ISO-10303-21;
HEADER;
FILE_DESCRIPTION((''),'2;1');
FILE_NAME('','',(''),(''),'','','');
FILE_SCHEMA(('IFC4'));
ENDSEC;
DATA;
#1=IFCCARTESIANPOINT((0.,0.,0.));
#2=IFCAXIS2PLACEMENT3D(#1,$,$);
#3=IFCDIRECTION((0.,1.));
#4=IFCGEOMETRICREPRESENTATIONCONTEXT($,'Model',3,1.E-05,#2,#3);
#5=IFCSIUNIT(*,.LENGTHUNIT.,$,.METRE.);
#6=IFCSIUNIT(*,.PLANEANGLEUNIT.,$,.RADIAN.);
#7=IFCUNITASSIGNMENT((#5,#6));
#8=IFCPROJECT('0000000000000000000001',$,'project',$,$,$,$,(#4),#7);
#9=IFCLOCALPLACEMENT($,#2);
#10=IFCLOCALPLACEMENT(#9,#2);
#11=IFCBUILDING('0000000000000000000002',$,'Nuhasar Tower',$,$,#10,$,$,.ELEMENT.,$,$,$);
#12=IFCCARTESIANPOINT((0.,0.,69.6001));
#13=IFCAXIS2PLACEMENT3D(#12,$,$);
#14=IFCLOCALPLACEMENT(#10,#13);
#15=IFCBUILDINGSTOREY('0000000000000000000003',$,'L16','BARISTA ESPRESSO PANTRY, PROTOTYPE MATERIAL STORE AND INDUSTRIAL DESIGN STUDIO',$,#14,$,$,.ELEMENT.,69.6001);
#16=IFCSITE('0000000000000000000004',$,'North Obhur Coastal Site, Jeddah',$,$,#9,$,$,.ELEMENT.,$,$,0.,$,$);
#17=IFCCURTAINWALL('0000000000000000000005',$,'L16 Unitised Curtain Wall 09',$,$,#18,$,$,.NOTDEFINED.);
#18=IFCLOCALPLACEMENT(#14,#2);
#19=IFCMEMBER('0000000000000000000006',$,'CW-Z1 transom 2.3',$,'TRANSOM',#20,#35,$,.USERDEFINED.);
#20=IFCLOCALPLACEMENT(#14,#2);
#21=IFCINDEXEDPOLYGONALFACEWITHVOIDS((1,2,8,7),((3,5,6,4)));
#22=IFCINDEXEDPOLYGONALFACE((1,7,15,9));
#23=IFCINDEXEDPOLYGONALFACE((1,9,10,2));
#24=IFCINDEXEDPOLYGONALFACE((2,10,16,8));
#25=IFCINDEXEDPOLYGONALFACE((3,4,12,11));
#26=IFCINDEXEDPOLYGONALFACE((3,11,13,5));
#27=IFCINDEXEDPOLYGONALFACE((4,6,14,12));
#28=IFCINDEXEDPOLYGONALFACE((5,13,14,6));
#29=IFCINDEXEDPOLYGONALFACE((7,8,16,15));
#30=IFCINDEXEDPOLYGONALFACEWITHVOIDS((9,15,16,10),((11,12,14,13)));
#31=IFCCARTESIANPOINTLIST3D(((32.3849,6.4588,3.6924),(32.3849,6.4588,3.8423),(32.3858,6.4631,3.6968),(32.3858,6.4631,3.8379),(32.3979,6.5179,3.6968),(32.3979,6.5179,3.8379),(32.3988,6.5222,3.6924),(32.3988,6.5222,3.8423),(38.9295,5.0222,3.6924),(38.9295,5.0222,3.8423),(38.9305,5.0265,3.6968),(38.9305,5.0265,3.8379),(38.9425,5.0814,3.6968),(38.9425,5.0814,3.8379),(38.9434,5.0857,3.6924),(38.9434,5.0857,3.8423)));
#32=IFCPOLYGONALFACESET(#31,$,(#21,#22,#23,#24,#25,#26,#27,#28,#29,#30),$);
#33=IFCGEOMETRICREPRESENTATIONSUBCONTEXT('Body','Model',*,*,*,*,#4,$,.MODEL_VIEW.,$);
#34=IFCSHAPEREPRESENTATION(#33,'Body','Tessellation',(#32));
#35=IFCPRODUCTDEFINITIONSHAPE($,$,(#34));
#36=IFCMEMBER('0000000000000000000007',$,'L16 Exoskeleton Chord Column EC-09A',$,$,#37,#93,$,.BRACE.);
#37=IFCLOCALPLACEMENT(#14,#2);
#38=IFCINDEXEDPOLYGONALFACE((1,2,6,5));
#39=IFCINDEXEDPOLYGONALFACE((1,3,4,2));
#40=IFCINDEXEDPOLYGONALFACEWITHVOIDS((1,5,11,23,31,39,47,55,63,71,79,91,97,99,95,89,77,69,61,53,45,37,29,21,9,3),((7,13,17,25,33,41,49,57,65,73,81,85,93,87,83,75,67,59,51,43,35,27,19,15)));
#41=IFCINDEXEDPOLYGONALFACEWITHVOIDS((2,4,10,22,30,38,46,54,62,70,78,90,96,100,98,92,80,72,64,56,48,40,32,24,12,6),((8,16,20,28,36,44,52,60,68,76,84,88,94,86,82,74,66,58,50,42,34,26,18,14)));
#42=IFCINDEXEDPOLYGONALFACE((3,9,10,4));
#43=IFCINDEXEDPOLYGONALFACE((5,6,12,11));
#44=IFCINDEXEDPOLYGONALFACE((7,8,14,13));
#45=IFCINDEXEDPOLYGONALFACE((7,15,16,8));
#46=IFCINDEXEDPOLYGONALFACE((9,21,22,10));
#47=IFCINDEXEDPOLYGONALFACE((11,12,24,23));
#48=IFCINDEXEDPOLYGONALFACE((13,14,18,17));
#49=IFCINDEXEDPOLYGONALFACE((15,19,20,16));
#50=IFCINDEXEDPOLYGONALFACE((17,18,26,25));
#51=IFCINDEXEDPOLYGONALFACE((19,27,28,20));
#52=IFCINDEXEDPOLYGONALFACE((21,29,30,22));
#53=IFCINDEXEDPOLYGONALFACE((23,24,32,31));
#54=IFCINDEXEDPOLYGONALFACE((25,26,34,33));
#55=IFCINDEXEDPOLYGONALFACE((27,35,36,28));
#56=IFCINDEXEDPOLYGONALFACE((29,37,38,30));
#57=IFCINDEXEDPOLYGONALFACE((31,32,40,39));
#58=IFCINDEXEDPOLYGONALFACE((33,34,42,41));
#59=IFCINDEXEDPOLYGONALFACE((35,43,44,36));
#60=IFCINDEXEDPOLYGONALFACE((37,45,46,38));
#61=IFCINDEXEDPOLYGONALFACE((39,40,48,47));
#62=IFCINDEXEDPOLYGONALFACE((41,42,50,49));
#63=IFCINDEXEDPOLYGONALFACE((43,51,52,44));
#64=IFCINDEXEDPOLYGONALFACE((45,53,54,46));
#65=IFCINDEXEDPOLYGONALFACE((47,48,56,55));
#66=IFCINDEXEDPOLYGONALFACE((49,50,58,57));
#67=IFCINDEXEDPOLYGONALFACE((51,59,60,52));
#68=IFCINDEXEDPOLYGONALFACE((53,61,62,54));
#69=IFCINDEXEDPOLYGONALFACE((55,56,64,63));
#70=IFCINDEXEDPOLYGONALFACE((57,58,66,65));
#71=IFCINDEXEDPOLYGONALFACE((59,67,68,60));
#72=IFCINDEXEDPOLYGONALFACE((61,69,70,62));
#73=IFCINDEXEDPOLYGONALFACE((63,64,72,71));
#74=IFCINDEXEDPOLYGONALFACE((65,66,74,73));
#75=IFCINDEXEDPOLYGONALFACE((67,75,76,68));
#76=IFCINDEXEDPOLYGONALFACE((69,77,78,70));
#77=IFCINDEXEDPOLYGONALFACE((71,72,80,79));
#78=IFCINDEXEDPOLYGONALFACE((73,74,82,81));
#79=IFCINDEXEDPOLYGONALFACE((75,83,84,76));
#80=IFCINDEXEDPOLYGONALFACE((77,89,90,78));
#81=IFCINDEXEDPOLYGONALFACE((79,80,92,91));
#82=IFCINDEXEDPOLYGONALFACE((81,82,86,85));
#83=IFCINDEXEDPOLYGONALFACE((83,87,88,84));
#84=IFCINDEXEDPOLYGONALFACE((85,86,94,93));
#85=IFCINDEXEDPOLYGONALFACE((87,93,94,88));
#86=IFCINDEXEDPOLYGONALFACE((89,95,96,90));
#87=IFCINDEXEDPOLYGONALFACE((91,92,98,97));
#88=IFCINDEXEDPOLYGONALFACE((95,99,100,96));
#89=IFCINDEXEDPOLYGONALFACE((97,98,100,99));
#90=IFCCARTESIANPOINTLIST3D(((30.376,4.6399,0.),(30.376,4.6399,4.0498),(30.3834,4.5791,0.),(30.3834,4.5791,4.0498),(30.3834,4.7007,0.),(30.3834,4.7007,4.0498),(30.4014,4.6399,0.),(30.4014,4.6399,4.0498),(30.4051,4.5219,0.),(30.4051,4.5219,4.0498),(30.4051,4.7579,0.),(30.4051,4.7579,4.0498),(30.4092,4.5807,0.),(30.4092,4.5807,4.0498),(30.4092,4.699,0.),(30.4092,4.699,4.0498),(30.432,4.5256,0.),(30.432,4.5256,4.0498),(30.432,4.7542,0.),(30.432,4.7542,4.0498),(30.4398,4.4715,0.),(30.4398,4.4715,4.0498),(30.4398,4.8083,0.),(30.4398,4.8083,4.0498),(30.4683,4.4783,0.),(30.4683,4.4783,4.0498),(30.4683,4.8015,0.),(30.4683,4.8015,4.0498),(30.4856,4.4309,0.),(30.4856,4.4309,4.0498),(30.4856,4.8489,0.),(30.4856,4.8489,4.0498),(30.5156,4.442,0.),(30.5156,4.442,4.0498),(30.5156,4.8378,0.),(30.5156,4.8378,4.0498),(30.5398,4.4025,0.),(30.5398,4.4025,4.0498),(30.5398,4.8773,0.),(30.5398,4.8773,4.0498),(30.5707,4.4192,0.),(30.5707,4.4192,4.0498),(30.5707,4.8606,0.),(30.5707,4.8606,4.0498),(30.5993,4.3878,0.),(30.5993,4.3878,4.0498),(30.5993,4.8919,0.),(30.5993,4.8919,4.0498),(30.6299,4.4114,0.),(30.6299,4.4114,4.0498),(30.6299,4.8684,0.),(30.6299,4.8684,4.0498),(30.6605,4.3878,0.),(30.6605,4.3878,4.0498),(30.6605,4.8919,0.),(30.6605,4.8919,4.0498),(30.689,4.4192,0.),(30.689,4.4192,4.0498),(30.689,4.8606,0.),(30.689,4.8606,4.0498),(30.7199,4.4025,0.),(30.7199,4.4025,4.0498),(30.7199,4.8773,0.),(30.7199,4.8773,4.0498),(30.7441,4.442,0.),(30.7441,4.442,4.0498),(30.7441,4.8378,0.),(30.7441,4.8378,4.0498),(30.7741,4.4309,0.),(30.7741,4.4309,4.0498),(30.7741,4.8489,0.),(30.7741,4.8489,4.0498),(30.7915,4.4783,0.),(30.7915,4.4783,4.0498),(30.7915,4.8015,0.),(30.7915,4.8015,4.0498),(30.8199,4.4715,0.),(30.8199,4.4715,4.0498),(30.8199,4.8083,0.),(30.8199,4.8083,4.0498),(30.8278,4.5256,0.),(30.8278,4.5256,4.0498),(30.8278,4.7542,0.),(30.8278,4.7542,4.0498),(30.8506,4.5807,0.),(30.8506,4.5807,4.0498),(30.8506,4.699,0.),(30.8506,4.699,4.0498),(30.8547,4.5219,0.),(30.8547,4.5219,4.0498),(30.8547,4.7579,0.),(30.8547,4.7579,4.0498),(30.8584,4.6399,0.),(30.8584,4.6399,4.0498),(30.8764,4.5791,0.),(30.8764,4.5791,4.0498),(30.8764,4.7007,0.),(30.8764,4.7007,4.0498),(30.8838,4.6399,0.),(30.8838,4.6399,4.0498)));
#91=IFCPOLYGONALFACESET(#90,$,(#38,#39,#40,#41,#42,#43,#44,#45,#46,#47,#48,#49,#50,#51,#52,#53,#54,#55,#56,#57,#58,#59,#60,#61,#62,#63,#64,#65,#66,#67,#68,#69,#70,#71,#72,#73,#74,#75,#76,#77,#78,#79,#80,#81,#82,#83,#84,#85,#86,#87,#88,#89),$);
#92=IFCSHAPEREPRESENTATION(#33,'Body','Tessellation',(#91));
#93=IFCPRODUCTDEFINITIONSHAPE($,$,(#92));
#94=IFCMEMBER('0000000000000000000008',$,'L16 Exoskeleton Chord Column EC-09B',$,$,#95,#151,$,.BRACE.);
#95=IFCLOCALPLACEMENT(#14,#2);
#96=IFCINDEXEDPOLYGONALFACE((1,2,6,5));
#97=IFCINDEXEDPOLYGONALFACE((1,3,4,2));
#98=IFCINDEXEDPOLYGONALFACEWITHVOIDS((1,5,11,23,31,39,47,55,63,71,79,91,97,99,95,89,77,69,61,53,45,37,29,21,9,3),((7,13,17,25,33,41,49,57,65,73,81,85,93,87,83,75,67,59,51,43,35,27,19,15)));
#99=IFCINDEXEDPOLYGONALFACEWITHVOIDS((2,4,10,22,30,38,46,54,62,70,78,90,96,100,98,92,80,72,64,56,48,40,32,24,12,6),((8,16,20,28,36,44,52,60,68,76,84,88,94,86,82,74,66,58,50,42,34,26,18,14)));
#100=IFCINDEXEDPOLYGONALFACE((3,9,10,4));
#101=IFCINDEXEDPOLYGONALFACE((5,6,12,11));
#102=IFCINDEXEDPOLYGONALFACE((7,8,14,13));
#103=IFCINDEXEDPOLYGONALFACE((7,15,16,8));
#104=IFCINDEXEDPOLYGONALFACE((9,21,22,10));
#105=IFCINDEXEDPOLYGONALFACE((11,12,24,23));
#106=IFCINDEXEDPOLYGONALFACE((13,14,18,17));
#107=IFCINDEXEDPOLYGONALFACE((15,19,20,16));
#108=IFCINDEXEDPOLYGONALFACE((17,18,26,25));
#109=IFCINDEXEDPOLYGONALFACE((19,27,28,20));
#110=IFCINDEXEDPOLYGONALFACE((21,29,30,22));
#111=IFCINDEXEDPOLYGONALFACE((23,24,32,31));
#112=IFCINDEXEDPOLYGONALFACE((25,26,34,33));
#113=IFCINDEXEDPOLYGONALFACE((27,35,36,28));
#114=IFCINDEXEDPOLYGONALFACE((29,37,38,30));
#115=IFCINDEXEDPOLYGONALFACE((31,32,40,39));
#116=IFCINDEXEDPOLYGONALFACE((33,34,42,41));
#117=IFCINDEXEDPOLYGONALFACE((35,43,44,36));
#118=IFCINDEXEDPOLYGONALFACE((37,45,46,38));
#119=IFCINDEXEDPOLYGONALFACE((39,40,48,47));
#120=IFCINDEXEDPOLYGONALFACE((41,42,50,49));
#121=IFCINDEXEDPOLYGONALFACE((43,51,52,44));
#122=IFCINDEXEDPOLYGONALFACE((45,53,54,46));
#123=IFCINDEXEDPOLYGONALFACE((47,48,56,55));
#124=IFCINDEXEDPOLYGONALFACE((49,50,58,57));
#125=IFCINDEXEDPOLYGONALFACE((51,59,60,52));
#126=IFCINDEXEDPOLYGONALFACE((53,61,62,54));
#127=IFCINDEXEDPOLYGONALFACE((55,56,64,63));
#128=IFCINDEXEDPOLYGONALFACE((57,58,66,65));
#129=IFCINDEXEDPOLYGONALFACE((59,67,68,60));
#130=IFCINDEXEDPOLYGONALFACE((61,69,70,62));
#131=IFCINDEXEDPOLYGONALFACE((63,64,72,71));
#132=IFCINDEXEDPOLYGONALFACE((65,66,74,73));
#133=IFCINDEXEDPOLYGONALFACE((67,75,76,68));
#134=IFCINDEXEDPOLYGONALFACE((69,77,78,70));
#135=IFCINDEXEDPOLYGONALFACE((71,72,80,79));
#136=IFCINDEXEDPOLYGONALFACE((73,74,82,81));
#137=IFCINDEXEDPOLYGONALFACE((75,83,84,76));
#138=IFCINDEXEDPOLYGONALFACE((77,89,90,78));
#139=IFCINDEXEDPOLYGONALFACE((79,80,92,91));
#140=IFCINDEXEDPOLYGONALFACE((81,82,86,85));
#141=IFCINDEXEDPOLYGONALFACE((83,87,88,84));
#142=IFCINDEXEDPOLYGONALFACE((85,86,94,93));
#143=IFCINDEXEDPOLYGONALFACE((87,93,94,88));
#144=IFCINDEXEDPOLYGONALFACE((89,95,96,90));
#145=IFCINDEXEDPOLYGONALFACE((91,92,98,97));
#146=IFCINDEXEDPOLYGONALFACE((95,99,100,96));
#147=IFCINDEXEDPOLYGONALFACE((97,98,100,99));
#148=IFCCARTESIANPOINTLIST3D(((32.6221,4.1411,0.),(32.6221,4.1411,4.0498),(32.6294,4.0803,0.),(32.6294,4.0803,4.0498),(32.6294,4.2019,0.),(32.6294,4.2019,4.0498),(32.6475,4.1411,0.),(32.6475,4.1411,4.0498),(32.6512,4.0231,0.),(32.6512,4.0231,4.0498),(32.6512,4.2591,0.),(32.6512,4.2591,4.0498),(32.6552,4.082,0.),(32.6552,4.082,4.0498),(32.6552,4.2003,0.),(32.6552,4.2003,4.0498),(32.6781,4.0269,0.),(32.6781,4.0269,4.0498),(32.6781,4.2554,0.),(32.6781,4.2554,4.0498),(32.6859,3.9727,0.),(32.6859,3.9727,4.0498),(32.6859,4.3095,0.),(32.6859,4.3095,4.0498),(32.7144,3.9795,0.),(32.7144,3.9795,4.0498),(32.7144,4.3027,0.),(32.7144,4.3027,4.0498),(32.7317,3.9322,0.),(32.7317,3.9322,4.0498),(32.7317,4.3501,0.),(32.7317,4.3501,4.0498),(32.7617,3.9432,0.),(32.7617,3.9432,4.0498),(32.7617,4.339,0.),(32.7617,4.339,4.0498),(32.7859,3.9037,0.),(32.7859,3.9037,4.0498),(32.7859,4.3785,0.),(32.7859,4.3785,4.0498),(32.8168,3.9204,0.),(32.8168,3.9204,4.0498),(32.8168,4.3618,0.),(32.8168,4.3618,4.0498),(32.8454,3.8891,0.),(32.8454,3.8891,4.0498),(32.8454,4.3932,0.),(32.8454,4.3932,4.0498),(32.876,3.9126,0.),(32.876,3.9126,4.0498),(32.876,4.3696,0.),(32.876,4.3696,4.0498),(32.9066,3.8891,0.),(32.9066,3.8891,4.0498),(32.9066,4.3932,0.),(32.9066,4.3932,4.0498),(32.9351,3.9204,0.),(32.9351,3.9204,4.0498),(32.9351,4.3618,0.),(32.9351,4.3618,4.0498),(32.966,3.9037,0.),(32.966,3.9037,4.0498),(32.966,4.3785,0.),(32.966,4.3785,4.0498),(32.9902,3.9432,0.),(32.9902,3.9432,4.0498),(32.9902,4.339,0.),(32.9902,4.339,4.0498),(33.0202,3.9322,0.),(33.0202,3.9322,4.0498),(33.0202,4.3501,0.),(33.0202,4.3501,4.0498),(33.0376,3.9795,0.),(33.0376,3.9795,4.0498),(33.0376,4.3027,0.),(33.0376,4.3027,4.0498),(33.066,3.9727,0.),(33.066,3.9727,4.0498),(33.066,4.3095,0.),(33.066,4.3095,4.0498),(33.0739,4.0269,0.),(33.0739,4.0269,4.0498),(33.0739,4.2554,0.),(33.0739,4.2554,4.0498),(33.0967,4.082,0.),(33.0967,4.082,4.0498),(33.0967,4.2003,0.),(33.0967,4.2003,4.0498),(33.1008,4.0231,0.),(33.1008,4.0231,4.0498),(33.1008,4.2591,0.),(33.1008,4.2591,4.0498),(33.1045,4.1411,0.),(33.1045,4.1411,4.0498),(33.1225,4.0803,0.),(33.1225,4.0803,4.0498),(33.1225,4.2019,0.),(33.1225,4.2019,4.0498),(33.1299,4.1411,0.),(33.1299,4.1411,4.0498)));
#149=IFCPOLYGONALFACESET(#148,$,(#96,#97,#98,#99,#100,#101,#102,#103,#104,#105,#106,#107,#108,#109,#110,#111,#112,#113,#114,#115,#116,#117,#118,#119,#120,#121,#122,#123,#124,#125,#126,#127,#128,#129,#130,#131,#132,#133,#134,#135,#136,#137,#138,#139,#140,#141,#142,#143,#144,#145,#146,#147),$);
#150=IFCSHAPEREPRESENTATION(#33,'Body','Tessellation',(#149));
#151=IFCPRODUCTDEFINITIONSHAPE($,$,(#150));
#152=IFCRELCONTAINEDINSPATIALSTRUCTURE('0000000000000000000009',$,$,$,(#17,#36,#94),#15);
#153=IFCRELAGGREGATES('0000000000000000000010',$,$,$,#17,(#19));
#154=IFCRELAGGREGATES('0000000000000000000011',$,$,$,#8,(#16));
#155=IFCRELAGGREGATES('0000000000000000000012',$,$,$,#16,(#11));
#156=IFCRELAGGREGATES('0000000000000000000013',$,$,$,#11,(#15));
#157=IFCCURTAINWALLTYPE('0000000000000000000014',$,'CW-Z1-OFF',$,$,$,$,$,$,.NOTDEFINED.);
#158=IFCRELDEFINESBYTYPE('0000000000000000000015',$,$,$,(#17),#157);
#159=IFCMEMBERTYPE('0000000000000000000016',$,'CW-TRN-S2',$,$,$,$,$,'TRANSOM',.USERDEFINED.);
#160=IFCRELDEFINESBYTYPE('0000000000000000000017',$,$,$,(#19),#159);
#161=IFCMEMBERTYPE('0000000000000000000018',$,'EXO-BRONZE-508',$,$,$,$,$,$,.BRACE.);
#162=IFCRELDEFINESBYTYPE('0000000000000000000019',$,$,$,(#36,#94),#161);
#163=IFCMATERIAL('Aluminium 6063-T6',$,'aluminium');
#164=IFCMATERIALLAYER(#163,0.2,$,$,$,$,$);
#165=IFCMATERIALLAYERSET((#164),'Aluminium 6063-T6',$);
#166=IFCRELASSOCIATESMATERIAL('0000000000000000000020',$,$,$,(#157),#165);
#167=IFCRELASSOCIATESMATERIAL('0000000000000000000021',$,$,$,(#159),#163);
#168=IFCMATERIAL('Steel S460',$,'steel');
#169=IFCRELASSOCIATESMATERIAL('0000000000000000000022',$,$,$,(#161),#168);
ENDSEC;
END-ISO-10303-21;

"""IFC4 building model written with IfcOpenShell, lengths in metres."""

from ifc_helpers import new_model, si_unit, direction, frame, origin, origin_2d, place, context, subcontext, project, spatial, hollow_rectangle, hollow_circle, extrude, material, layer, layer_set, material_profile, profile_set, type_object, element, aggregate, save


model = new_model("IFC4")

# Units and contexts
model_context = context("Model", 3, precision=1e-05, world=origin(), true_north=direction((0.0, 1.0)))
body_context = subcontext(model_context, "Body", "Model", "MODEL_VIEW")
ifc_project = project(units=[si_unit("LENGTHUNIT", "METRE"), si_unit("PLANEANGLEUNIT", "RADIAN")], contexts=[model_context])

# Site, building, storey
site_placement = place(None, origin())
site = spatial("IfcSite", under=ifc_project, at=site_placement, Name="North Obhur Coastal Site, Jeddah", CompositionType="ELEMENT", RefElevation=0.0)
building_placement = place(site_placement, origin())
building = spatial("IfcBuilding", under=site, at=building_placement, Name="Nuhasar Tower", CompositionType="ELEMENT")
storey_placement = place(building_placement, frame((0.0, 0.0, 69.6001)))
storey = spatial("IfcBuildingStorey", under=building, at=storey_placement, Name="L16", Description="BARISTA ESPRESSO PANTRY, PROTOTYPE MATERIAL STORE AND INDUSTRIAL DESIGN STUDIO", CompositionType="ELEMENT", Elevation=69.6001)

# Curtain wall, member
ifc_material_1 = material(Name="Aluminium 6063-T6", Category="aluminium")
ifc_layer_1 = layer(ifc_material_1, 0.2)
ifc_layer_set_1 = layer_set([ifc_layer_1], Name="Aluminium 6063-T6")
curtain_wall_type = type_object("IfcCurtainWallType", Name="CW-Z1-OFF", PredefinedType="NOTDEFINED", material=ifc_layer_set_1)
curtain_wall_placement = place(storey_placement, origin())
curtain_wall = element("IfcCurtainWall", 1, at=curtain_wall_placement, inside=storey, type_object=curtain_wall_type, Name="L16 Unitised Curtain Wall 09", PredefinedType="NOTDEFINED")
ifc_material_profile_1 = material_profile(ifc_material_1, hollow_rectangle(XDim=0.0649, YDim=0.1499, WallThickness=0.0044, at=origin_2d()), Name="CWT-2")
ifc_profile_set_1 = profile_set([ifc_material_profile_1], Name="Aluminium 6063-T6")
member_type_1 = type_object("IfcMemberType", Name="CW-TRN-S2", ElementType="TRANSOM", PredefinedType="USERDEFINED", material=ifc_profile_set_1)
member_1_placement = place(storey_placement, frame((32.3918, 6.4905, 3.7673), z_axis=(0.976748, -0.214391, 0.0), x_axis=(0.214391, 0.976748, 0.0)))
member_1 = element("IfcMember", 2, at=member_1_placement, type_object=member_type_1, Name="CW-Z1 transom 2.3", ObjectType="TRANSOM", PredefinedType="USERDEFINED", context=body_context, shape_type="SweptSolid", body=[
    extrude(hollow_rectangle(XDim=0.0649, YDim=0.1499, WallThickness=0.0044, at=origin_2d()), origin(), (0.0, 0.0, 1.0), 6.7004),
])

# Members
ifc_material_2 = material(Name="Steel S460", Category="steel")
ifc_material_profile_2 = material_profile(ifc_material_2, hollow_circle(Radius=0.2539, WallThickness=0.0254, at=origin_2d()), Name="HSS508X25.4")
ifc_profile_set_2 = profile_set([ifc_material_profile_2], Name="Steel S460")
member_type_2 = type_object("IfcMemberType", Name="EXO-BRONZE-508", PredefinedType="BRACE", material=ifc_profile_set_2)
for number, where, z_axis, x_axis, name in (
    (3, (30.6299, 4.6399, 0.0), (0.0, 0.0, 1.0), (1.0, 0.0, 0.0), "L16 Exoskeleton Chord Column EC-09A"),
    (4, (32.876, 4.1411, 0.0), (0.0, 0.0, 1.0), (1.0, 0.0, 0.0), "L16 Exoskeleton Chord Column EC-09B"),
):
    element("IfcMember", number, at=place(storey_placement, frame(where, z_axis=z_axis, x_axis=x_axis)), inside=storey, type_object=member_type_2, Name=name, PredefinedType="BRACE", context=body_context, shape_type="SweptSolid", body=[
        extrude(hollow_circle(Radius=0.2539, WallThickness=0.0254, at=origin_2d()), origin(), (0.0, 0.0, 1.0), 4.0498),
    ])

aggregate(curtain_wall, [member_1])

save(model, "model.ifc")
